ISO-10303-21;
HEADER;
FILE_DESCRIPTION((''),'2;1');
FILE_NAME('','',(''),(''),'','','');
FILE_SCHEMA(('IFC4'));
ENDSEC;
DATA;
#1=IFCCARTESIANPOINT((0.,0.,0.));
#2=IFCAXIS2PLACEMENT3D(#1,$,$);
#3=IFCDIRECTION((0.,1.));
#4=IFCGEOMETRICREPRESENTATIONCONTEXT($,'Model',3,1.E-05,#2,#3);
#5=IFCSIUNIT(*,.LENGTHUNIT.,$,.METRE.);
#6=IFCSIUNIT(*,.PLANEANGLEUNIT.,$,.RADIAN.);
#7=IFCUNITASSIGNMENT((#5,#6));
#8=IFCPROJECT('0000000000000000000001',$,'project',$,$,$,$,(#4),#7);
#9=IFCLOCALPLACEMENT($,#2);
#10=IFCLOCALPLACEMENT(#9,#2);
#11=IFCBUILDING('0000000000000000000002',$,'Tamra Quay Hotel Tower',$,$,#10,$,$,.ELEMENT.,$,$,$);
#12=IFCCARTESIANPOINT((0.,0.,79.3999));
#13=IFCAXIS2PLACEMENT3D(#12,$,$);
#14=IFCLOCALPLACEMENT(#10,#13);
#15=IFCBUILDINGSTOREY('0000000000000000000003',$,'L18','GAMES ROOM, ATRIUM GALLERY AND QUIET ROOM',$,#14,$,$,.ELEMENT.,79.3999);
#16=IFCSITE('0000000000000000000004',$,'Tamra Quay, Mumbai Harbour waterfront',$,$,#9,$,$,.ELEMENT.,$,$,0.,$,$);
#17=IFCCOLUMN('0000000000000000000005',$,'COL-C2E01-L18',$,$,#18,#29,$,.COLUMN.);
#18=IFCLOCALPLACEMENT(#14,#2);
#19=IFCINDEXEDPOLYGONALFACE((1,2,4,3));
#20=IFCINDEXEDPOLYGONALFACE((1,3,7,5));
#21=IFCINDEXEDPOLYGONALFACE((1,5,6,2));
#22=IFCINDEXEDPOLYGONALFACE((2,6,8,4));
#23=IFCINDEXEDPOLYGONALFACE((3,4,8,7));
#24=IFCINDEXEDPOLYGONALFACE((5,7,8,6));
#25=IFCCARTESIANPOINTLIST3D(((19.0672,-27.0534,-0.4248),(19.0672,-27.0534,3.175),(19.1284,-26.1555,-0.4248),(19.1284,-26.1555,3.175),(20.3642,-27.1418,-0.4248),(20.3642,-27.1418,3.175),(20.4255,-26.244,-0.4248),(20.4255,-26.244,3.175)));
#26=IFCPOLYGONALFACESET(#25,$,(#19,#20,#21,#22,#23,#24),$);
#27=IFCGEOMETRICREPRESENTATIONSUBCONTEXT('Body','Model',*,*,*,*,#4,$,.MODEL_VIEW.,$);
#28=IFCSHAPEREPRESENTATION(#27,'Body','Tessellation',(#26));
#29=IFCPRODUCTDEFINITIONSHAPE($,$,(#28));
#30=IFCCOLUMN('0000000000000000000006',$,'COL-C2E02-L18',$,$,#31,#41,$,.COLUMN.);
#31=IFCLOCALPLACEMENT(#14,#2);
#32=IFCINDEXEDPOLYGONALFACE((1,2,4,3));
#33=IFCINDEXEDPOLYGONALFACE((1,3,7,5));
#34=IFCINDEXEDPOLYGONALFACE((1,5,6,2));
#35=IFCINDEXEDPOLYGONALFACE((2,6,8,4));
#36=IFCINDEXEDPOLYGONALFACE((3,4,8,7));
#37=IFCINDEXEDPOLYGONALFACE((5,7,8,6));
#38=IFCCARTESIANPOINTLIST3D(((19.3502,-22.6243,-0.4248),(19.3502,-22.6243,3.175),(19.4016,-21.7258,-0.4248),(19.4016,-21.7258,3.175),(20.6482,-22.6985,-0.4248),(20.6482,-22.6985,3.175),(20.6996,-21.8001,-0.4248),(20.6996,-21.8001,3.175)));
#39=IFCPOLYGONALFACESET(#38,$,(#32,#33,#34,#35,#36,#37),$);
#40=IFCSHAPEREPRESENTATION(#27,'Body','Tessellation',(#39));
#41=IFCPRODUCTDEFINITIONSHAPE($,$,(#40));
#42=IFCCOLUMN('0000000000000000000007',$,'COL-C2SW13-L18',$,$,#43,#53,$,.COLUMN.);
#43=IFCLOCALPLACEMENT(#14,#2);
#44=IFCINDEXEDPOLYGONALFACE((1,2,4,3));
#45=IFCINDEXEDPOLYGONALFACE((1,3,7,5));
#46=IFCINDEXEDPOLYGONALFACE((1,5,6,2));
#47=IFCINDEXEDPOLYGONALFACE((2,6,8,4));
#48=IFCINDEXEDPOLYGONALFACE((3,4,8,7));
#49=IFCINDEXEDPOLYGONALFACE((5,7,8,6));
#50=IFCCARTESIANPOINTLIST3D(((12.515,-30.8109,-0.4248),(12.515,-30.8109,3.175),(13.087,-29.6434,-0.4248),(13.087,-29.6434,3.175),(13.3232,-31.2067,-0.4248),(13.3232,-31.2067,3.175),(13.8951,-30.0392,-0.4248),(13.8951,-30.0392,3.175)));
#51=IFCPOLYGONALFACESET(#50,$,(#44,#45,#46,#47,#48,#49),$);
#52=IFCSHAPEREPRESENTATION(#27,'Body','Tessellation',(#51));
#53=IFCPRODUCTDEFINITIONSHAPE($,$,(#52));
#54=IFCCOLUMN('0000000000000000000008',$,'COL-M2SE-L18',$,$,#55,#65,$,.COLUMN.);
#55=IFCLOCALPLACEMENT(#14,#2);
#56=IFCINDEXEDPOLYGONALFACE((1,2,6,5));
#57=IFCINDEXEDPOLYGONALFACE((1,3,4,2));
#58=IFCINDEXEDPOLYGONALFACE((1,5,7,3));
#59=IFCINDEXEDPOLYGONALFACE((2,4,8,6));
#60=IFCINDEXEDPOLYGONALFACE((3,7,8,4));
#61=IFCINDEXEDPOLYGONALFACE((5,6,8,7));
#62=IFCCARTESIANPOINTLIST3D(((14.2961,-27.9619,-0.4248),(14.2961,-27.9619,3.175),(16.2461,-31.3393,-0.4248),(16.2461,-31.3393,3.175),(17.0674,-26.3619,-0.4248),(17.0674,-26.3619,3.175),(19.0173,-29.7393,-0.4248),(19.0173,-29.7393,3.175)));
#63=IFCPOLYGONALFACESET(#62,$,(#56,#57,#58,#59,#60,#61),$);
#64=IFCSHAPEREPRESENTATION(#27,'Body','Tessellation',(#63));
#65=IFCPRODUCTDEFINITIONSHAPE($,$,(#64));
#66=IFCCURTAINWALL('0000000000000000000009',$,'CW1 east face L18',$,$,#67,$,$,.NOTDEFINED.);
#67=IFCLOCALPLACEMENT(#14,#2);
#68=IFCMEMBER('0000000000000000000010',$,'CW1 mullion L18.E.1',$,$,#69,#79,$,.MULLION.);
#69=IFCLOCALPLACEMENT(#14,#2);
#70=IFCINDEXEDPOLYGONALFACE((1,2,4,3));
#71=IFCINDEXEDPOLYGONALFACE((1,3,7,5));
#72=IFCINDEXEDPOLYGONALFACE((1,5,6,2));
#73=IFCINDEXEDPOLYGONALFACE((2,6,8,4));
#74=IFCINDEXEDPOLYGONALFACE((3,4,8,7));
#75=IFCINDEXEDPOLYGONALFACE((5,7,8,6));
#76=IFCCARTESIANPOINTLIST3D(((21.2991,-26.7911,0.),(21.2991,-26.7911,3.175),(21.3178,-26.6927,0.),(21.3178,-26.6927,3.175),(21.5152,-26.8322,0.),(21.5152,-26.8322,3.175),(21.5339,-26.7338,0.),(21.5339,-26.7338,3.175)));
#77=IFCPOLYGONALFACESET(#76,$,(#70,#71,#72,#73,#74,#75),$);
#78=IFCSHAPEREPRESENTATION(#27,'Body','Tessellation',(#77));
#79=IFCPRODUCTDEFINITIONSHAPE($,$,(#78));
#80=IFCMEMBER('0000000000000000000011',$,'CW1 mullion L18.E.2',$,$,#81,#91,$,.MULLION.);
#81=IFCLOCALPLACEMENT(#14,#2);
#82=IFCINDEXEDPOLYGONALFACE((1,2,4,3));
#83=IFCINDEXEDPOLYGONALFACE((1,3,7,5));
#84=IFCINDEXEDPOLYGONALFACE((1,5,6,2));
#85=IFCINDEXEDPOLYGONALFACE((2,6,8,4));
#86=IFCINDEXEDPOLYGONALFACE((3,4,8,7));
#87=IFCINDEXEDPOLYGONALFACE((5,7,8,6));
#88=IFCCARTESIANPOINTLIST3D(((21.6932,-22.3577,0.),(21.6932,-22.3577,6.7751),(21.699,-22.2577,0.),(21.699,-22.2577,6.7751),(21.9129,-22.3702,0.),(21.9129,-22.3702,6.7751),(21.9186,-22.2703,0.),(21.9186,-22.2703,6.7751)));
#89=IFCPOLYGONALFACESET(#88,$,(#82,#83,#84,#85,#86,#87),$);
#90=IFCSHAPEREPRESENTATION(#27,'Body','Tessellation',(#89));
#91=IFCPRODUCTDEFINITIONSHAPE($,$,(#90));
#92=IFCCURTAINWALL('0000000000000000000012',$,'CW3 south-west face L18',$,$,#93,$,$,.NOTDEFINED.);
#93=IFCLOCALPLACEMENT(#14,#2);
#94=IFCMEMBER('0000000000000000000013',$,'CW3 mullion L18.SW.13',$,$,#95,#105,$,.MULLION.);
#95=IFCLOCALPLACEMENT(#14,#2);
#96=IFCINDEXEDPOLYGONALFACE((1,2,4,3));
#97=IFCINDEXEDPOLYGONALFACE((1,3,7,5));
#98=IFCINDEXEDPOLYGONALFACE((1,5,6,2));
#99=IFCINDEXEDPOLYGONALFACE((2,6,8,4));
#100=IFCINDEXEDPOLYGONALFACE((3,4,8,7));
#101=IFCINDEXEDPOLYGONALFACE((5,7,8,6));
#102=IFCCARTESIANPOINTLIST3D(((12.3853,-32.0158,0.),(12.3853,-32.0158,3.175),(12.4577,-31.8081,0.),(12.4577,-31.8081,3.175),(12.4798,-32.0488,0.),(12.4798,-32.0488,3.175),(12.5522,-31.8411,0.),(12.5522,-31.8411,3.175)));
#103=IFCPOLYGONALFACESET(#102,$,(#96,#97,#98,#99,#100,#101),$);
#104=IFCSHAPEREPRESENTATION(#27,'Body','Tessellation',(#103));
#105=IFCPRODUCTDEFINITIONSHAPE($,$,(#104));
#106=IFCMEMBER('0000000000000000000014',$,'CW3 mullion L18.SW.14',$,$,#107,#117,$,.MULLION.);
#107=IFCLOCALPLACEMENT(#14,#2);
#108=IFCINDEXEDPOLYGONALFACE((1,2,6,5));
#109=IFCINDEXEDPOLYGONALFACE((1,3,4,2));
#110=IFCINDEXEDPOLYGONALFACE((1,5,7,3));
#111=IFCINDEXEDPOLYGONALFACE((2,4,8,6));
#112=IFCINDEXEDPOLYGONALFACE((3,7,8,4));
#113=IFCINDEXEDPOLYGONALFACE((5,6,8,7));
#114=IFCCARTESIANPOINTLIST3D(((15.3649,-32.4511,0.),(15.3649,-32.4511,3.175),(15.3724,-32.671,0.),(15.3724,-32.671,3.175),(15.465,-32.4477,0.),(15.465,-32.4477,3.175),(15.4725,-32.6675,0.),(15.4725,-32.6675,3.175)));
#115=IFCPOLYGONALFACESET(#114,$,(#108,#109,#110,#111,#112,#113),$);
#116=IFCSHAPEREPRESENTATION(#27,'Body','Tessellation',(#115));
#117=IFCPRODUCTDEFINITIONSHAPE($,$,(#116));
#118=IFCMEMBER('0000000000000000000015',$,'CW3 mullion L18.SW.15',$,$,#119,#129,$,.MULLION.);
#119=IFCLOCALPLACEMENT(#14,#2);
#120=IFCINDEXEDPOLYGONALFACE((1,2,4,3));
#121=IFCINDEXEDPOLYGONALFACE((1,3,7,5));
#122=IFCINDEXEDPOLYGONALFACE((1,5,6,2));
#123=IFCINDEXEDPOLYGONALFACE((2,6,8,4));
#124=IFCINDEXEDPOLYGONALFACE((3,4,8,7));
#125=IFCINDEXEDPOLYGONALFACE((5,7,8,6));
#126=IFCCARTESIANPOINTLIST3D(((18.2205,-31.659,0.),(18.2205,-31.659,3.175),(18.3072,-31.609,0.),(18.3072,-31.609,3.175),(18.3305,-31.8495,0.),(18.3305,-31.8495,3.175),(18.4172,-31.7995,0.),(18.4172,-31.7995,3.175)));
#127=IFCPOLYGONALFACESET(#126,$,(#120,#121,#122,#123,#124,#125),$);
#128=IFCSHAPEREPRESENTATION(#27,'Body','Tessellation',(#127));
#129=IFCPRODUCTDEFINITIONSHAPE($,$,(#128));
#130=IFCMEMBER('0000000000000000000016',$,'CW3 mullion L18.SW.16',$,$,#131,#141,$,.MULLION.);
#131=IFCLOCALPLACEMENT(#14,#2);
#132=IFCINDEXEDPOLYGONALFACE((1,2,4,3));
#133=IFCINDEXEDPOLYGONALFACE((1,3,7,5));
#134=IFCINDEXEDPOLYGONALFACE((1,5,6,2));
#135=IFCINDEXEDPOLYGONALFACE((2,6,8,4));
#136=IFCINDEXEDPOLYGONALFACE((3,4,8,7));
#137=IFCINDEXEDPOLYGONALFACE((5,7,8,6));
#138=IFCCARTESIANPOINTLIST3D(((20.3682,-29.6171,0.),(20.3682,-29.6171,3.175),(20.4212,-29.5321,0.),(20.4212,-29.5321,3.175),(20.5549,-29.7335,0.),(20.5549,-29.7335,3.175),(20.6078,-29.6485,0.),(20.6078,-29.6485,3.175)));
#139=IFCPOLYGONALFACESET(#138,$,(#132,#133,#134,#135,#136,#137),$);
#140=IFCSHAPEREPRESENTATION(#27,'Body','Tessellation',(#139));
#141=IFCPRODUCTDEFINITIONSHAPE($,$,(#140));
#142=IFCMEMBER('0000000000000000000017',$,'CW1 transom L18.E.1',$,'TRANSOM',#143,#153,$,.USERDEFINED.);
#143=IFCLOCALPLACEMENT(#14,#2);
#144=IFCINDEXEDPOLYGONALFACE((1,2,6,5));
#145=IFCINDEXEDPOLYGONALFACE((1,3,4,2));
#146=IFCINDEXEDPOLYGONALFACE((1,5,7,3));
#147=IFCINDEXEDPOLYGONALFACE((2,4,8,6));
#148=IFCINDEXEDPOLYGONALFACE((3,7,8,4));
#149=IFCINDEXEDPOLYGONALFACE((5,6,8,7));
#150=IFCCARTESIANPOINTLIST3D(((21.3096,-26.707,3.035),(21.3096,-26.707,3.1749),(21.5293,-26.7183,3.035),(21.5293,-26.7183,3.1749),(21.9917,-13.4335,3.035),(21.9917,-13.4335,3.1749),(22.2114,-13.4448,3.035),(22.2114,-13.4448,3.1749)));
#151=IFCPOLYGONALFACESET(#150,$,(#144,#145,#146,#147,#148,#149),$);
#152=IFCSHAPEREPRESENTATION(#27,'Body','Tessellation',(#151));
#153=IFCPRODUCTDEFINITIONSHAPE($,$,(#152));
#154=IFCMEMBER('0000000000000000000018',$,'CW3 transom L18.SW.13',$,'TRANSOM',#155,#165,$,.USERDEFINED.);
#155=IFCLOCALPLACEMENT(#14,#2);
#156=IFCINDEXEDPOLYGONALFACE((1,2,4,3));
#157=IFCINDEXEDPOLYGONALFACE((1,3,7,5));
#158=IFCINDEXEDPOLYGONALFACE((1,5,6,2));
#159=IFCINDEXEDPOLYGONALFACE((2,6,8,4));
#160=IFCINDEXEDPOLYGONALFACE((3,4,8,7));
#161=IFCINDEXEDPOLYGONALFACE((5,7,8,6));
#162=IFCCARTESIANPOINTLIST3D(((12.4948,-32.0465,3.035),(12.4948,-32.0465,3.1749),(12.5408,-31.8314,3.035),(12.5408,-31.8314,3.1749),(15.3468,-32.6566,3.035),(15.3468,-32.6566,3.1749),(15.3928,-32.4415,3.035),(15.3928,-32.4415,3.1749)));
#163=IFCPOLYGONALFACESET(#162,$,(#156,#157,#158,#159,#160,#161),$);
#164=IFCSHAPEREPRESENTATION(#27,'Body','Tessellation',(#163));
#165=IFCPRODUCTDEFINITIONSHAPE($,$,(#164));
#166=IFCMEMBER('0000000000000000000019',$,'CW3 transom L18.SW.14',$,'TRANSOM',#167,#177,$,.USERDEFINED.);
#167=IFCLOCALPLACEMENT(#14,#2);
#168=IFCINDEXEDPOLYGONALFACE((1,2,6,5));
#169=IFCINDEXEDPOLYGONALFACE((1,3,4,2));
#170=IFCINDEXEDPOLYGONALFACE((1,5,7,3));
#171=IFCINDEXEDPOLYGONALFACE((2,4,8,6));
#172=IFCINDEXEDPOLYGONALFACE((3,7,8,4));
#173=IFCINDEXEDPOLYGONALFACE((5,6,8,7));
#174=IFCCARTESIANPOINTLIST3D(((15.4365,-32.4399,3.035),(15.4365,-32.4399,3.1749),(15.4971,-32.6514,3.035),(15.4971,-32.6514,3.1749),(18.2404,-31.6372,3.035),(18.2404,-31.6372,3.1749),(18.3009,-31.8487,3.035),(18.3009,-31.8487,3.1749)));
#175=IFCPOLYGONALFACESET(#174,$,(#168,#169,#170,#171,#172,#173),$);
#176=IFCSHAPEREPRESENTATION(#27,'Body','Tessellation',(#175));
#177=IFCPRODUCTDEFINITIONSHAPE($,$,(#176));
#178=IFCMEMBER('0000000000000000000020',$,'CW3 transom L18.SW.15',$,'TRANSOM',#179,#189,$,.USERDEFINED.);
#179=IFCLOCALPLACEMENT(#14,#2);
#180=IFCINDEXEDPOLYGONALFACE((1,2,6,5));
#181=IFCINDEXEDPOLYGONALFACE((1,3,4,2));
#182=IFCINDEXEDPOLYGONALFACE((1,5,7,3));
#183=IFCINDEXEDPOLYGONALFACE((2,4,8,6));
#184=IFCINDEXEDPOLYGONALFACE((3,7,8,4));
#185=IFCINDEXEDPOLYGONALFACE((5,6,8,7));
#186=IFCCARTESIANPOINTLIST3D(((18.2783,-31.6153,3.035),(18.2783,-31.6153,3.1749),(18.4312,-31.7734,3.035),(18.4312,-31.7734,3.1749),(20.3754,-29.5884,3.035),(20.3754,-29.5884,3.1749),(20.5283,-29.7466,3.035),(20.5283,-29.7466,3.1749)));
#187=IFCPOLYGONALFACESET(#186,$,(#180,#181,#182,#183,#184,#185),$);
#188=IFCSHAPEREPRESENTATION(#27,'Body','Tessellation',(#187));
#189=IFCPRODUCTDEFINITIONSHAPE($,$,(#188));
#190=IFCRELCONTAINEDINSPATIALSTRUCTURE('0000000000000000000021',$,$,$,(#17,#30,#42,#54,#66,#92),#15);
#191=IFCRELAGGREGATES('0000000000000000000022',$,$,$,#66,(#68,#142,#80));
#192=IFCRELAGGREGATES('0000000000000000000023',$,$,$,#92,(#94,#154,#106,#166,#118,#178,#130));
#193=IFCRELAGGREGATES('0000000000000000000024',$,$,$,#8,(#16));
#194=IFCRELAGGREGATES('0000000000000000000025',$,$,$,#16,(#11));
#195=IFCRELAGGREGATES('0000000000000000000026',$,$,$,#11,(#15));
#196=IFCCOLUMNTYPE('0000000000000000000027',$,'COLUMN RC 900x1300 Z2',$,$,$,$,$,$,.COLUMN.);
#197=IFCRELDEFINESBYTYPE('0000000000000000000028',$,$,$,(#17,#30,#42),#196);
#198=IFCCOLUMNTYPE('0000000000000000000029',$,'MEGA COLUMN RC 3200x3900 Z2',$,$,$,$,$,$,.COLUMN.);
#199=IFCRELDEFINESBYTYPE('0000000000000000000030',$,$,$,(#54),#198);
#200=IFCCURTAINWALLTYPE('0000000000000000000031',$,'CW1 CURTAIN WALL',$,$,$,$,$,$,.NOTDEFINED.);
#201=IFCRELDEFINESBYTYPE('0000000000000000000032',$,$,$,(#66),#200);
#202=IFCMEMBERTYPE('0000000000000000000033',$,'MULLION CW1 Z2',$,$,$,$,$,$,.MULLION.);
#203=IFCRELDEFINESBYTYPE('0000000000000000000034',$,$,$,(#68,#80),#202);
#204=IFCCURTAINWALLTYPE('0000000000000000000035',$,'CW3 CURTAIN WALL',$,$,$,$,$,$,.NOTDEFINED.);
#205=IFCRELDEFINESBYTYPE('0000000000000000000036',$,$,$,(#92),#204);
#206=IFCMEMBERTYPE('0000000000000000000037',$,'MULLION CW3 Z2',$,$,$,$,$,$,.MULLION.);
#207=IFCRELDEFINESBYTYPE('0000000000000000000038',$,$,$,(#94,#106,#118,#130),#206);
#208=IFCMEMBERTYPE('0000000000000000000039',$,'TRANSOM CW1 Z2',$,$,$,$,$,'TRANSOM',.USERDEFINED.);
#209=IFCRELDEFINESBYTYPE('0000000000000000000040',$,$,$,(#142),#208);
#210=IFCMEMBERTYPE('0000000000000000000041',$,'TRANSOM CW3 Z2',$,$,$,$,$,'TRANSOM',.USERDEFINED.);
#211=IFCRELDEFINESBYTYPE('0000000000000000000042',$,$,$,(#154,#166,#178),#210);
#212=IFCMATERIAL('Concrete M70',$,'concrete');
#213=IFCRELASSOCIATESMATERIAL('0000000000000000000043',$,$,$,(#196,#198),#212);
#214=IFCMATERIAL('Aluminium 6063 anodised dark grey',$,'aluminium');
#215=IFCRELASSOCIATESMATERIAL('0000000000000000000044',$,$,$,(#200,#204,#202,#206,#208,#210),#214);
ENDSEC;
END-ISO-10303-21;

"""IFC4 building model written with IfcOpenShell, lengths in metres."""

from ifc_helpers import new_model, si_unit, direction, frame, origin, origin_2d, place, context, subcontext, project, spatial, rectangle, extrude, material, material_profile, profile_set, type_object, element, aggregate, save


model = new_model("IFC4")

# Units and contexts
model_context = context("Model", 3, precision=1e-05, world=origin(), true_north=direction((0.0, 1.0)))
body_context = subcontext(model_context, "Body", "Model", "MODEL_VIEW")
ifc_project = project(units=[si_unit("LENGTHUNIT", "METRE"), si_unit("PLANEANGLEUNIT", "RADIAN")], contexts=[model_context])

# Site, building, storey
site_placement = place(None, origin())
site = spatial("IfcSite", under=ifc_project, at=site_placement, Name="Tamra Quay, Mumbai Harbour waterfront", CompositionType="ELEMENT", RefElevation=0.0)
building_placement = place(site_placement, origin())
building = spatial("IfcBuilding", under=site, at=building_placement, Name="Tamra Quay Hotel Tower", CompositionType="ELEMENT")
storey_placement = place(building_placement, frame((0.0, 0.0, 79.3999)))
storey = spatial("IfcBuildingStorey", under=building, at=storey_placement, Name="L18", Description="GAMES ROOM, ATRIUM GALLERY AND QUIET ROOM", CompositionType="ELEMENT", Elevation=79.3999)

# Columns
ifc_material_1 = material(Name="Concrete M70", Category="concrete")
ifc_material_profile_1 = material_profile(ifc_material_1, rectangle(XDim=1.3, YDim=0.8999, at=origin_2d()), Name="COLUMN RC 900x1300 Z2")
ifc_profile_set_1 = profile_set([ifc_material_profile_1], Name="Concrete M70")
column_type_1 = type_object("IfcColumnType", Name="COLUMN RC 900x1300 Z2", PredefinedType="COLUMN", material=ifc_profile_set_1)
for number, where, z_axis, x_axis, name in (
    (1, (19.7463, -26.6487, -0.4248), (0.0, 0.0, 1.0), (-0.997682, 0.068041, 0.0), "COL-C2E01-L18"),
    (2, (20.0249, -22.2122, -0.4248), (0.0, 0.0, 1.0), (-0.998368, 0.057108, 0.0), "COL-C2E02-L18"),
    (3, (13.2051, -30.425, -0.4248), (0.0, 0.0, 1.0), (0.439916, 0.898039, 0.0), "COL-C2SW13-L18"),
):
    element("IfcColumn", number, at=place(storey_placement, frame(where, z_axis=z_axis, x_axis=x_axis)), inside=storey, type_object=column_type_1, Name=name, PredefinedType="COLUMN", context=body_context, shape_type="SweptSolid", body=[
        extrude(rectangle(XDim=1.3, YDim=0.8999, at=origin_2d()), origin(), (0.0, 0.0, 1.0), 3.5999),
    ])
ifc_material_profile_2 = material_profile(ifc_material_1, rectangle(XDim=3.8999, YDim=3.2, at=origin_2d()), Name="MEGA COLUMN RC 3200x3900 Z2")
ifc_profile_set_2 = profile_set([ifc_material_profile_2], Name="Concrete M70")
column_type_2 = type_object("IfcColumnType", Name="MEGA COLUMN RC 3200x3900 Z2", PredefinedType="COLUMN", material=ifc_profile_set_2)
column_placement = place(storey_placement, frame((16.6567, -28.8506, -0.4248), z_axis=(0.0, 0.0, 1.0), x_axis=(-0.5, 0.866025, 0.0)))
element("IfcColumn", 4, at=column_placement, inside=storey, type_object=column_type_2, Name="COL-M2SE-L18", PredefinedType="COLUMN", context=body_context, shape_type="SweptSolid", body=[
    extrude(rectangle(XDim=3.8999, YDim=3.2, at=origin_2d()), origin(), (0.0, 0.0, 1.0), 3.5999),
])

# Curtain walls, members
ifc_material_2 = material(Name="Aluminium 6063 anodised dark grey", Category="aluminium")
curtain_wall_type_1 = type_object("IfcCurtainWallType", Name="CW1 CURTAIN WALL", PredefinedType="NOTDEFINED", material=ifc_material_2)
curtain_wall_1_placement = place(storey_placement, origin())
curtain_wall_1 = element("IfcCurtainWall", 5, at=curtain_wall_1_placement, inside=storey, type_object=curtain_wall_type_1, Name="CW1 east face L18", PredefinedType="NOTDEFINED")
ifc_material_profile_3 = material_profile(ifc_material_2, rectangle(XDim=0.22, YDim=0.1001, at=origin_2d()), Name="MULLION 100X220")
ifc_profile_set_3 = profile_set([ifc_material_profile_3], Name="Aluminium 6063 anodised dark grey")
member_type_1 = type_object("IfcMemberType", Name="MULLION CW1 Z2", PredefinedType="MULLION", material=ifc_profile_set_3)
member_1_placement = place(storey_placement, frame((21.4165, -26.7625, 0.0), z_axis=(0.0, 0.0, 1.0), x_axis=(0.982419, -0.186689, 0.0)))
member_1 = element("IfcMember", 6, at=member_1_placement, type_object=member_type_1, Name="CW1 mullion L18.E.1", PredefinedType="MULLION", context=body_context, shape_type="SweptSolid", body=[
    extrude(rectangle(XDim=0.22, YDim=0.1001, at=origin_2d()), origin(), (0.0, 0.0, 1.0), 3.175),
])
member_2_placement = place(storey_placement, frame((21.8059, -22.314, 0.0), z_axis=(0.0, 0.0, 1.0), x_axis=(0.998374, -0.056996, 0.0)))
member_2 = element("IfcMember", 7, at=member_2_placement, type_object=member_type_1, Name="CW1 mullion L18.E.2", PredefinedType="MULLION", context=body_context, shape_type="SweptSolid", body=[
    extrude(rectangle(XDim=0.22, YDim=0.1001, at=origin_2d()), origin(), (0.0, 0.0, 1.0), 6.7751),
])
curtain_wall_type_2 = type_object("IfcCurtainWallType", Name="CW3 CURTAIN WALL", PredefinedType="NOTDEFINED", material=ifc_material_2)
curtain_wall_2_placement = place(storey_placement, origin())
curtain_wall_2 = element("IfcCurtainWall", 8, at=curtain_wall_2_placement, inside=storey, type_object=curtain_wall_type_2, Name="CW3 south-west face L18", PredefinedType="NOTDEFINED")
ifc_material_profile_4 = material_profile(ifc_material_2, rectangle(XDim=0.22, YDim=0.1001, at=origin_2d()), Name="MULLION 100X220")
ifc_profile_set_4 = profile_set([ifc_material_profile_4], Name="Aluminium 6063 anodised dark grey")
member_type_2 = type_object("IfcMemberType", Name="MULLION CW3 Z2", PredefinedType="MULLION", material=ifc_profile_set_4)
member_3_placement = place(storey_placement, frame((12.4688, -31.9285, 0.0), z_axis=(0.0, 0.0, 1.0), x_axis=(-0.329532, -0.944144, 0.0)))
member_3 = element("IfcMember", 9, at=member_3_placement, type_object=member_type_2, Name="CW3 mullion L18.SW.13", PredefinedType="MULLION", context=body_context, shape_type="SweptSolid", body=[
    extrude(rectangle(XDim=0.22, YDim=0.1001, at=origin_2d()), origin(), (0.0, 0.0, 1.0), 3.175),
])
member_4_placement = place(storey_placement, frame((15.4187, -32.5593, 0.0), z_axis=(0.0, 0.0, 1.0), x_axis=(0.034041, -0.99942, 0.0)))
member_4 = element("IfcMember", 10, at=member_4_placement, type_object=member_type_2, Name="CW3 mullion L18.SW.14", PredefinedType="MULLION", context=body_context, shape_type="SweptSolid", body=[
    extrude(rectangle(XDim=0.22, YDim=0.1001, at=origin_2d()), origin(), (0.0, 0.0, 1.0), 3.175),
])
member_5_placement = place(storey_placement, frame((18.3188, -31.7292, 0.0), z_axis=(0.0, 0.0, 1.0), x_axis=(0.5, -0.866025, 0.0)))
member_5 = element("IfcMember", 11, at=member_5_placement, type_object=member_type_2, Name="CW3 mullion L18.SW.15", PredefinedType="MULLION", context=body_context, shape_type="SweptSolid", body=[
    extrude(rectangle(XDim=0.22, YDim=0.1001, at=origin_2d()), origin(), (0.0, 0.0, 1.0), 3.175),
])
member_6_placement = place(storey_placement, frame((20.488, -29.6328, 0.0), z_axis=(0.0, 0.0, 1.0), x_axis=(0.848503, -0.52919, 0.0)))
member_6 = element("IfcMember", 12, at=member_6_placement, type_object=member_type_2, Name="CW3 mullion L18.SW.16", PredefinedType="MULLION", context=body_context, shape_type="SweptSolid", body=[
    extrude(rectangle(XDim=0.22, YDim=0.1001, at=origin_2d()), origin(), (0.0, 0.0, 1.0), 3.175),
])

# Members
ifc_material_profile_5 = material_profile(ifc_material_2, rectangle(XDim=0.22, YDim=0.1399, at=origin_2d()), Name="TRANSOM 220X140")
ifc_profile_set_5 = profile_set([ifc_material_profile_5], Name="Aluminium 6063 anodised dark grey")
member_type_3 = type_object("IfcMemberType", Name="TRANSOM CW1 Z2", ElementType="TRANSOM", PredefinedType="USERDEFINED", material=ifc_profile_set_5)
member_7_placement = place(storey_placement, frame((21.4194, -26.7126, 3.105), z_axis=(0.051323, 0.998682, 0.0), x_axis=(-0.998682, 0.051323, 0.0)))
member_7 = element("IfcMember", 13, at=member_7_placement, type_object=member_type_3, Name="CW1 transom L18.E.1", ObjectType="TRANSOM", PredefinedType="USERDEFINED", context=body_context, shape_type="SweptSolid", body=[
    extrude(rectangle(XDim=0.22, YDim=0.1399, at=origin_2d()), origin(), (0.0, 0.0, 1.0), 13.291),
])
ifc_material_profile_6 = material_profile(ifc_material_2, rectangle(XDim=0.22, YDim=0.1399, at=origin_2d()), Name="TRANSOM 220X140")
ifc_profile_set_6 = profile_set([ifc_material_profile_6], Name="Aluminium 6063 anodised dark grey")
member_type_4 = type_object("IfcMemberType", Name="TRANSOM CW3 Z2", ElementType="TRANSOM", PredefinedType="USERDEFINED", material=ifc_profile_set_6)
member_8_placement = place(storey_placement, frame((12.5178, -31.939, 3.105), z_axis=(0.977876, -0.209186, 0.0), x_axis=(0.209186, 0.977876, 0.0)))
member_8 = element("IfcMember", 14, at=member_8_placement, type_object=member_type_4, Name="CW3 transom L18.SW.13", ObjectType="TRANSOM", PredefinedType="USERDEFINED", context=body_context, shape_type="SweptSolid", body=[
    extrude(rectangle(XDim=0.22, YDim=0.1399, at=origin_2d()), origin(), (0.0, 0.0, 1.0), 2.9165),
])
member_9_placement = place(storey_placement, frame((15.4668, -32.5457, 3.105), z_axis=(0.961379, 0.27523, 0.0), x_axis=(-0.27523, 0.961379, 0.0)))
member_9 = element("IfcMember", 15, at=member_9_placement, type_object=member_type_4, Name="CW3 transom L18.SW.14", ObjectType="TRANSOM", PredefinedType="USERDEFINED", context=body_context, shape_type="SweptSolid", body=[
    extrude(rectangle(XDim=0.22, YDim=0.1399, at=origin_2d()), origin(), (0.0, 0.0, 1.0), 2.9165),
])
member_10_placement = place(storey_placement, frame((18.3547, -31.6943, 3.105), z_axis=(0.719058, 0.69495, 0.0), x_axis=(-0.69495, 0.719058, 0.0)))
member_10 = element("IfcMember", 16, at=member_10_placement, type_object=member_type_4, Name="CW3 transom L18.SW.15", ObjectType="TRANSOM", PredefinedType="USERDEFINED", context=body_context, shape_type="SweptSolid", body=[
    extrude(rectangle(XDim=0.22, YDim=0.1399, at=origin_2d()), origin(), (0.0, 0.0, 1.0), 2.9165),
])

aggregate(curtain_wall_1, [member_1, member_7, member_2])
aggregate(curtain_wall_2, [member_3, member_8, member_4, member_9, member_5, member_10, member_6])

save(model, "model.ifc")
